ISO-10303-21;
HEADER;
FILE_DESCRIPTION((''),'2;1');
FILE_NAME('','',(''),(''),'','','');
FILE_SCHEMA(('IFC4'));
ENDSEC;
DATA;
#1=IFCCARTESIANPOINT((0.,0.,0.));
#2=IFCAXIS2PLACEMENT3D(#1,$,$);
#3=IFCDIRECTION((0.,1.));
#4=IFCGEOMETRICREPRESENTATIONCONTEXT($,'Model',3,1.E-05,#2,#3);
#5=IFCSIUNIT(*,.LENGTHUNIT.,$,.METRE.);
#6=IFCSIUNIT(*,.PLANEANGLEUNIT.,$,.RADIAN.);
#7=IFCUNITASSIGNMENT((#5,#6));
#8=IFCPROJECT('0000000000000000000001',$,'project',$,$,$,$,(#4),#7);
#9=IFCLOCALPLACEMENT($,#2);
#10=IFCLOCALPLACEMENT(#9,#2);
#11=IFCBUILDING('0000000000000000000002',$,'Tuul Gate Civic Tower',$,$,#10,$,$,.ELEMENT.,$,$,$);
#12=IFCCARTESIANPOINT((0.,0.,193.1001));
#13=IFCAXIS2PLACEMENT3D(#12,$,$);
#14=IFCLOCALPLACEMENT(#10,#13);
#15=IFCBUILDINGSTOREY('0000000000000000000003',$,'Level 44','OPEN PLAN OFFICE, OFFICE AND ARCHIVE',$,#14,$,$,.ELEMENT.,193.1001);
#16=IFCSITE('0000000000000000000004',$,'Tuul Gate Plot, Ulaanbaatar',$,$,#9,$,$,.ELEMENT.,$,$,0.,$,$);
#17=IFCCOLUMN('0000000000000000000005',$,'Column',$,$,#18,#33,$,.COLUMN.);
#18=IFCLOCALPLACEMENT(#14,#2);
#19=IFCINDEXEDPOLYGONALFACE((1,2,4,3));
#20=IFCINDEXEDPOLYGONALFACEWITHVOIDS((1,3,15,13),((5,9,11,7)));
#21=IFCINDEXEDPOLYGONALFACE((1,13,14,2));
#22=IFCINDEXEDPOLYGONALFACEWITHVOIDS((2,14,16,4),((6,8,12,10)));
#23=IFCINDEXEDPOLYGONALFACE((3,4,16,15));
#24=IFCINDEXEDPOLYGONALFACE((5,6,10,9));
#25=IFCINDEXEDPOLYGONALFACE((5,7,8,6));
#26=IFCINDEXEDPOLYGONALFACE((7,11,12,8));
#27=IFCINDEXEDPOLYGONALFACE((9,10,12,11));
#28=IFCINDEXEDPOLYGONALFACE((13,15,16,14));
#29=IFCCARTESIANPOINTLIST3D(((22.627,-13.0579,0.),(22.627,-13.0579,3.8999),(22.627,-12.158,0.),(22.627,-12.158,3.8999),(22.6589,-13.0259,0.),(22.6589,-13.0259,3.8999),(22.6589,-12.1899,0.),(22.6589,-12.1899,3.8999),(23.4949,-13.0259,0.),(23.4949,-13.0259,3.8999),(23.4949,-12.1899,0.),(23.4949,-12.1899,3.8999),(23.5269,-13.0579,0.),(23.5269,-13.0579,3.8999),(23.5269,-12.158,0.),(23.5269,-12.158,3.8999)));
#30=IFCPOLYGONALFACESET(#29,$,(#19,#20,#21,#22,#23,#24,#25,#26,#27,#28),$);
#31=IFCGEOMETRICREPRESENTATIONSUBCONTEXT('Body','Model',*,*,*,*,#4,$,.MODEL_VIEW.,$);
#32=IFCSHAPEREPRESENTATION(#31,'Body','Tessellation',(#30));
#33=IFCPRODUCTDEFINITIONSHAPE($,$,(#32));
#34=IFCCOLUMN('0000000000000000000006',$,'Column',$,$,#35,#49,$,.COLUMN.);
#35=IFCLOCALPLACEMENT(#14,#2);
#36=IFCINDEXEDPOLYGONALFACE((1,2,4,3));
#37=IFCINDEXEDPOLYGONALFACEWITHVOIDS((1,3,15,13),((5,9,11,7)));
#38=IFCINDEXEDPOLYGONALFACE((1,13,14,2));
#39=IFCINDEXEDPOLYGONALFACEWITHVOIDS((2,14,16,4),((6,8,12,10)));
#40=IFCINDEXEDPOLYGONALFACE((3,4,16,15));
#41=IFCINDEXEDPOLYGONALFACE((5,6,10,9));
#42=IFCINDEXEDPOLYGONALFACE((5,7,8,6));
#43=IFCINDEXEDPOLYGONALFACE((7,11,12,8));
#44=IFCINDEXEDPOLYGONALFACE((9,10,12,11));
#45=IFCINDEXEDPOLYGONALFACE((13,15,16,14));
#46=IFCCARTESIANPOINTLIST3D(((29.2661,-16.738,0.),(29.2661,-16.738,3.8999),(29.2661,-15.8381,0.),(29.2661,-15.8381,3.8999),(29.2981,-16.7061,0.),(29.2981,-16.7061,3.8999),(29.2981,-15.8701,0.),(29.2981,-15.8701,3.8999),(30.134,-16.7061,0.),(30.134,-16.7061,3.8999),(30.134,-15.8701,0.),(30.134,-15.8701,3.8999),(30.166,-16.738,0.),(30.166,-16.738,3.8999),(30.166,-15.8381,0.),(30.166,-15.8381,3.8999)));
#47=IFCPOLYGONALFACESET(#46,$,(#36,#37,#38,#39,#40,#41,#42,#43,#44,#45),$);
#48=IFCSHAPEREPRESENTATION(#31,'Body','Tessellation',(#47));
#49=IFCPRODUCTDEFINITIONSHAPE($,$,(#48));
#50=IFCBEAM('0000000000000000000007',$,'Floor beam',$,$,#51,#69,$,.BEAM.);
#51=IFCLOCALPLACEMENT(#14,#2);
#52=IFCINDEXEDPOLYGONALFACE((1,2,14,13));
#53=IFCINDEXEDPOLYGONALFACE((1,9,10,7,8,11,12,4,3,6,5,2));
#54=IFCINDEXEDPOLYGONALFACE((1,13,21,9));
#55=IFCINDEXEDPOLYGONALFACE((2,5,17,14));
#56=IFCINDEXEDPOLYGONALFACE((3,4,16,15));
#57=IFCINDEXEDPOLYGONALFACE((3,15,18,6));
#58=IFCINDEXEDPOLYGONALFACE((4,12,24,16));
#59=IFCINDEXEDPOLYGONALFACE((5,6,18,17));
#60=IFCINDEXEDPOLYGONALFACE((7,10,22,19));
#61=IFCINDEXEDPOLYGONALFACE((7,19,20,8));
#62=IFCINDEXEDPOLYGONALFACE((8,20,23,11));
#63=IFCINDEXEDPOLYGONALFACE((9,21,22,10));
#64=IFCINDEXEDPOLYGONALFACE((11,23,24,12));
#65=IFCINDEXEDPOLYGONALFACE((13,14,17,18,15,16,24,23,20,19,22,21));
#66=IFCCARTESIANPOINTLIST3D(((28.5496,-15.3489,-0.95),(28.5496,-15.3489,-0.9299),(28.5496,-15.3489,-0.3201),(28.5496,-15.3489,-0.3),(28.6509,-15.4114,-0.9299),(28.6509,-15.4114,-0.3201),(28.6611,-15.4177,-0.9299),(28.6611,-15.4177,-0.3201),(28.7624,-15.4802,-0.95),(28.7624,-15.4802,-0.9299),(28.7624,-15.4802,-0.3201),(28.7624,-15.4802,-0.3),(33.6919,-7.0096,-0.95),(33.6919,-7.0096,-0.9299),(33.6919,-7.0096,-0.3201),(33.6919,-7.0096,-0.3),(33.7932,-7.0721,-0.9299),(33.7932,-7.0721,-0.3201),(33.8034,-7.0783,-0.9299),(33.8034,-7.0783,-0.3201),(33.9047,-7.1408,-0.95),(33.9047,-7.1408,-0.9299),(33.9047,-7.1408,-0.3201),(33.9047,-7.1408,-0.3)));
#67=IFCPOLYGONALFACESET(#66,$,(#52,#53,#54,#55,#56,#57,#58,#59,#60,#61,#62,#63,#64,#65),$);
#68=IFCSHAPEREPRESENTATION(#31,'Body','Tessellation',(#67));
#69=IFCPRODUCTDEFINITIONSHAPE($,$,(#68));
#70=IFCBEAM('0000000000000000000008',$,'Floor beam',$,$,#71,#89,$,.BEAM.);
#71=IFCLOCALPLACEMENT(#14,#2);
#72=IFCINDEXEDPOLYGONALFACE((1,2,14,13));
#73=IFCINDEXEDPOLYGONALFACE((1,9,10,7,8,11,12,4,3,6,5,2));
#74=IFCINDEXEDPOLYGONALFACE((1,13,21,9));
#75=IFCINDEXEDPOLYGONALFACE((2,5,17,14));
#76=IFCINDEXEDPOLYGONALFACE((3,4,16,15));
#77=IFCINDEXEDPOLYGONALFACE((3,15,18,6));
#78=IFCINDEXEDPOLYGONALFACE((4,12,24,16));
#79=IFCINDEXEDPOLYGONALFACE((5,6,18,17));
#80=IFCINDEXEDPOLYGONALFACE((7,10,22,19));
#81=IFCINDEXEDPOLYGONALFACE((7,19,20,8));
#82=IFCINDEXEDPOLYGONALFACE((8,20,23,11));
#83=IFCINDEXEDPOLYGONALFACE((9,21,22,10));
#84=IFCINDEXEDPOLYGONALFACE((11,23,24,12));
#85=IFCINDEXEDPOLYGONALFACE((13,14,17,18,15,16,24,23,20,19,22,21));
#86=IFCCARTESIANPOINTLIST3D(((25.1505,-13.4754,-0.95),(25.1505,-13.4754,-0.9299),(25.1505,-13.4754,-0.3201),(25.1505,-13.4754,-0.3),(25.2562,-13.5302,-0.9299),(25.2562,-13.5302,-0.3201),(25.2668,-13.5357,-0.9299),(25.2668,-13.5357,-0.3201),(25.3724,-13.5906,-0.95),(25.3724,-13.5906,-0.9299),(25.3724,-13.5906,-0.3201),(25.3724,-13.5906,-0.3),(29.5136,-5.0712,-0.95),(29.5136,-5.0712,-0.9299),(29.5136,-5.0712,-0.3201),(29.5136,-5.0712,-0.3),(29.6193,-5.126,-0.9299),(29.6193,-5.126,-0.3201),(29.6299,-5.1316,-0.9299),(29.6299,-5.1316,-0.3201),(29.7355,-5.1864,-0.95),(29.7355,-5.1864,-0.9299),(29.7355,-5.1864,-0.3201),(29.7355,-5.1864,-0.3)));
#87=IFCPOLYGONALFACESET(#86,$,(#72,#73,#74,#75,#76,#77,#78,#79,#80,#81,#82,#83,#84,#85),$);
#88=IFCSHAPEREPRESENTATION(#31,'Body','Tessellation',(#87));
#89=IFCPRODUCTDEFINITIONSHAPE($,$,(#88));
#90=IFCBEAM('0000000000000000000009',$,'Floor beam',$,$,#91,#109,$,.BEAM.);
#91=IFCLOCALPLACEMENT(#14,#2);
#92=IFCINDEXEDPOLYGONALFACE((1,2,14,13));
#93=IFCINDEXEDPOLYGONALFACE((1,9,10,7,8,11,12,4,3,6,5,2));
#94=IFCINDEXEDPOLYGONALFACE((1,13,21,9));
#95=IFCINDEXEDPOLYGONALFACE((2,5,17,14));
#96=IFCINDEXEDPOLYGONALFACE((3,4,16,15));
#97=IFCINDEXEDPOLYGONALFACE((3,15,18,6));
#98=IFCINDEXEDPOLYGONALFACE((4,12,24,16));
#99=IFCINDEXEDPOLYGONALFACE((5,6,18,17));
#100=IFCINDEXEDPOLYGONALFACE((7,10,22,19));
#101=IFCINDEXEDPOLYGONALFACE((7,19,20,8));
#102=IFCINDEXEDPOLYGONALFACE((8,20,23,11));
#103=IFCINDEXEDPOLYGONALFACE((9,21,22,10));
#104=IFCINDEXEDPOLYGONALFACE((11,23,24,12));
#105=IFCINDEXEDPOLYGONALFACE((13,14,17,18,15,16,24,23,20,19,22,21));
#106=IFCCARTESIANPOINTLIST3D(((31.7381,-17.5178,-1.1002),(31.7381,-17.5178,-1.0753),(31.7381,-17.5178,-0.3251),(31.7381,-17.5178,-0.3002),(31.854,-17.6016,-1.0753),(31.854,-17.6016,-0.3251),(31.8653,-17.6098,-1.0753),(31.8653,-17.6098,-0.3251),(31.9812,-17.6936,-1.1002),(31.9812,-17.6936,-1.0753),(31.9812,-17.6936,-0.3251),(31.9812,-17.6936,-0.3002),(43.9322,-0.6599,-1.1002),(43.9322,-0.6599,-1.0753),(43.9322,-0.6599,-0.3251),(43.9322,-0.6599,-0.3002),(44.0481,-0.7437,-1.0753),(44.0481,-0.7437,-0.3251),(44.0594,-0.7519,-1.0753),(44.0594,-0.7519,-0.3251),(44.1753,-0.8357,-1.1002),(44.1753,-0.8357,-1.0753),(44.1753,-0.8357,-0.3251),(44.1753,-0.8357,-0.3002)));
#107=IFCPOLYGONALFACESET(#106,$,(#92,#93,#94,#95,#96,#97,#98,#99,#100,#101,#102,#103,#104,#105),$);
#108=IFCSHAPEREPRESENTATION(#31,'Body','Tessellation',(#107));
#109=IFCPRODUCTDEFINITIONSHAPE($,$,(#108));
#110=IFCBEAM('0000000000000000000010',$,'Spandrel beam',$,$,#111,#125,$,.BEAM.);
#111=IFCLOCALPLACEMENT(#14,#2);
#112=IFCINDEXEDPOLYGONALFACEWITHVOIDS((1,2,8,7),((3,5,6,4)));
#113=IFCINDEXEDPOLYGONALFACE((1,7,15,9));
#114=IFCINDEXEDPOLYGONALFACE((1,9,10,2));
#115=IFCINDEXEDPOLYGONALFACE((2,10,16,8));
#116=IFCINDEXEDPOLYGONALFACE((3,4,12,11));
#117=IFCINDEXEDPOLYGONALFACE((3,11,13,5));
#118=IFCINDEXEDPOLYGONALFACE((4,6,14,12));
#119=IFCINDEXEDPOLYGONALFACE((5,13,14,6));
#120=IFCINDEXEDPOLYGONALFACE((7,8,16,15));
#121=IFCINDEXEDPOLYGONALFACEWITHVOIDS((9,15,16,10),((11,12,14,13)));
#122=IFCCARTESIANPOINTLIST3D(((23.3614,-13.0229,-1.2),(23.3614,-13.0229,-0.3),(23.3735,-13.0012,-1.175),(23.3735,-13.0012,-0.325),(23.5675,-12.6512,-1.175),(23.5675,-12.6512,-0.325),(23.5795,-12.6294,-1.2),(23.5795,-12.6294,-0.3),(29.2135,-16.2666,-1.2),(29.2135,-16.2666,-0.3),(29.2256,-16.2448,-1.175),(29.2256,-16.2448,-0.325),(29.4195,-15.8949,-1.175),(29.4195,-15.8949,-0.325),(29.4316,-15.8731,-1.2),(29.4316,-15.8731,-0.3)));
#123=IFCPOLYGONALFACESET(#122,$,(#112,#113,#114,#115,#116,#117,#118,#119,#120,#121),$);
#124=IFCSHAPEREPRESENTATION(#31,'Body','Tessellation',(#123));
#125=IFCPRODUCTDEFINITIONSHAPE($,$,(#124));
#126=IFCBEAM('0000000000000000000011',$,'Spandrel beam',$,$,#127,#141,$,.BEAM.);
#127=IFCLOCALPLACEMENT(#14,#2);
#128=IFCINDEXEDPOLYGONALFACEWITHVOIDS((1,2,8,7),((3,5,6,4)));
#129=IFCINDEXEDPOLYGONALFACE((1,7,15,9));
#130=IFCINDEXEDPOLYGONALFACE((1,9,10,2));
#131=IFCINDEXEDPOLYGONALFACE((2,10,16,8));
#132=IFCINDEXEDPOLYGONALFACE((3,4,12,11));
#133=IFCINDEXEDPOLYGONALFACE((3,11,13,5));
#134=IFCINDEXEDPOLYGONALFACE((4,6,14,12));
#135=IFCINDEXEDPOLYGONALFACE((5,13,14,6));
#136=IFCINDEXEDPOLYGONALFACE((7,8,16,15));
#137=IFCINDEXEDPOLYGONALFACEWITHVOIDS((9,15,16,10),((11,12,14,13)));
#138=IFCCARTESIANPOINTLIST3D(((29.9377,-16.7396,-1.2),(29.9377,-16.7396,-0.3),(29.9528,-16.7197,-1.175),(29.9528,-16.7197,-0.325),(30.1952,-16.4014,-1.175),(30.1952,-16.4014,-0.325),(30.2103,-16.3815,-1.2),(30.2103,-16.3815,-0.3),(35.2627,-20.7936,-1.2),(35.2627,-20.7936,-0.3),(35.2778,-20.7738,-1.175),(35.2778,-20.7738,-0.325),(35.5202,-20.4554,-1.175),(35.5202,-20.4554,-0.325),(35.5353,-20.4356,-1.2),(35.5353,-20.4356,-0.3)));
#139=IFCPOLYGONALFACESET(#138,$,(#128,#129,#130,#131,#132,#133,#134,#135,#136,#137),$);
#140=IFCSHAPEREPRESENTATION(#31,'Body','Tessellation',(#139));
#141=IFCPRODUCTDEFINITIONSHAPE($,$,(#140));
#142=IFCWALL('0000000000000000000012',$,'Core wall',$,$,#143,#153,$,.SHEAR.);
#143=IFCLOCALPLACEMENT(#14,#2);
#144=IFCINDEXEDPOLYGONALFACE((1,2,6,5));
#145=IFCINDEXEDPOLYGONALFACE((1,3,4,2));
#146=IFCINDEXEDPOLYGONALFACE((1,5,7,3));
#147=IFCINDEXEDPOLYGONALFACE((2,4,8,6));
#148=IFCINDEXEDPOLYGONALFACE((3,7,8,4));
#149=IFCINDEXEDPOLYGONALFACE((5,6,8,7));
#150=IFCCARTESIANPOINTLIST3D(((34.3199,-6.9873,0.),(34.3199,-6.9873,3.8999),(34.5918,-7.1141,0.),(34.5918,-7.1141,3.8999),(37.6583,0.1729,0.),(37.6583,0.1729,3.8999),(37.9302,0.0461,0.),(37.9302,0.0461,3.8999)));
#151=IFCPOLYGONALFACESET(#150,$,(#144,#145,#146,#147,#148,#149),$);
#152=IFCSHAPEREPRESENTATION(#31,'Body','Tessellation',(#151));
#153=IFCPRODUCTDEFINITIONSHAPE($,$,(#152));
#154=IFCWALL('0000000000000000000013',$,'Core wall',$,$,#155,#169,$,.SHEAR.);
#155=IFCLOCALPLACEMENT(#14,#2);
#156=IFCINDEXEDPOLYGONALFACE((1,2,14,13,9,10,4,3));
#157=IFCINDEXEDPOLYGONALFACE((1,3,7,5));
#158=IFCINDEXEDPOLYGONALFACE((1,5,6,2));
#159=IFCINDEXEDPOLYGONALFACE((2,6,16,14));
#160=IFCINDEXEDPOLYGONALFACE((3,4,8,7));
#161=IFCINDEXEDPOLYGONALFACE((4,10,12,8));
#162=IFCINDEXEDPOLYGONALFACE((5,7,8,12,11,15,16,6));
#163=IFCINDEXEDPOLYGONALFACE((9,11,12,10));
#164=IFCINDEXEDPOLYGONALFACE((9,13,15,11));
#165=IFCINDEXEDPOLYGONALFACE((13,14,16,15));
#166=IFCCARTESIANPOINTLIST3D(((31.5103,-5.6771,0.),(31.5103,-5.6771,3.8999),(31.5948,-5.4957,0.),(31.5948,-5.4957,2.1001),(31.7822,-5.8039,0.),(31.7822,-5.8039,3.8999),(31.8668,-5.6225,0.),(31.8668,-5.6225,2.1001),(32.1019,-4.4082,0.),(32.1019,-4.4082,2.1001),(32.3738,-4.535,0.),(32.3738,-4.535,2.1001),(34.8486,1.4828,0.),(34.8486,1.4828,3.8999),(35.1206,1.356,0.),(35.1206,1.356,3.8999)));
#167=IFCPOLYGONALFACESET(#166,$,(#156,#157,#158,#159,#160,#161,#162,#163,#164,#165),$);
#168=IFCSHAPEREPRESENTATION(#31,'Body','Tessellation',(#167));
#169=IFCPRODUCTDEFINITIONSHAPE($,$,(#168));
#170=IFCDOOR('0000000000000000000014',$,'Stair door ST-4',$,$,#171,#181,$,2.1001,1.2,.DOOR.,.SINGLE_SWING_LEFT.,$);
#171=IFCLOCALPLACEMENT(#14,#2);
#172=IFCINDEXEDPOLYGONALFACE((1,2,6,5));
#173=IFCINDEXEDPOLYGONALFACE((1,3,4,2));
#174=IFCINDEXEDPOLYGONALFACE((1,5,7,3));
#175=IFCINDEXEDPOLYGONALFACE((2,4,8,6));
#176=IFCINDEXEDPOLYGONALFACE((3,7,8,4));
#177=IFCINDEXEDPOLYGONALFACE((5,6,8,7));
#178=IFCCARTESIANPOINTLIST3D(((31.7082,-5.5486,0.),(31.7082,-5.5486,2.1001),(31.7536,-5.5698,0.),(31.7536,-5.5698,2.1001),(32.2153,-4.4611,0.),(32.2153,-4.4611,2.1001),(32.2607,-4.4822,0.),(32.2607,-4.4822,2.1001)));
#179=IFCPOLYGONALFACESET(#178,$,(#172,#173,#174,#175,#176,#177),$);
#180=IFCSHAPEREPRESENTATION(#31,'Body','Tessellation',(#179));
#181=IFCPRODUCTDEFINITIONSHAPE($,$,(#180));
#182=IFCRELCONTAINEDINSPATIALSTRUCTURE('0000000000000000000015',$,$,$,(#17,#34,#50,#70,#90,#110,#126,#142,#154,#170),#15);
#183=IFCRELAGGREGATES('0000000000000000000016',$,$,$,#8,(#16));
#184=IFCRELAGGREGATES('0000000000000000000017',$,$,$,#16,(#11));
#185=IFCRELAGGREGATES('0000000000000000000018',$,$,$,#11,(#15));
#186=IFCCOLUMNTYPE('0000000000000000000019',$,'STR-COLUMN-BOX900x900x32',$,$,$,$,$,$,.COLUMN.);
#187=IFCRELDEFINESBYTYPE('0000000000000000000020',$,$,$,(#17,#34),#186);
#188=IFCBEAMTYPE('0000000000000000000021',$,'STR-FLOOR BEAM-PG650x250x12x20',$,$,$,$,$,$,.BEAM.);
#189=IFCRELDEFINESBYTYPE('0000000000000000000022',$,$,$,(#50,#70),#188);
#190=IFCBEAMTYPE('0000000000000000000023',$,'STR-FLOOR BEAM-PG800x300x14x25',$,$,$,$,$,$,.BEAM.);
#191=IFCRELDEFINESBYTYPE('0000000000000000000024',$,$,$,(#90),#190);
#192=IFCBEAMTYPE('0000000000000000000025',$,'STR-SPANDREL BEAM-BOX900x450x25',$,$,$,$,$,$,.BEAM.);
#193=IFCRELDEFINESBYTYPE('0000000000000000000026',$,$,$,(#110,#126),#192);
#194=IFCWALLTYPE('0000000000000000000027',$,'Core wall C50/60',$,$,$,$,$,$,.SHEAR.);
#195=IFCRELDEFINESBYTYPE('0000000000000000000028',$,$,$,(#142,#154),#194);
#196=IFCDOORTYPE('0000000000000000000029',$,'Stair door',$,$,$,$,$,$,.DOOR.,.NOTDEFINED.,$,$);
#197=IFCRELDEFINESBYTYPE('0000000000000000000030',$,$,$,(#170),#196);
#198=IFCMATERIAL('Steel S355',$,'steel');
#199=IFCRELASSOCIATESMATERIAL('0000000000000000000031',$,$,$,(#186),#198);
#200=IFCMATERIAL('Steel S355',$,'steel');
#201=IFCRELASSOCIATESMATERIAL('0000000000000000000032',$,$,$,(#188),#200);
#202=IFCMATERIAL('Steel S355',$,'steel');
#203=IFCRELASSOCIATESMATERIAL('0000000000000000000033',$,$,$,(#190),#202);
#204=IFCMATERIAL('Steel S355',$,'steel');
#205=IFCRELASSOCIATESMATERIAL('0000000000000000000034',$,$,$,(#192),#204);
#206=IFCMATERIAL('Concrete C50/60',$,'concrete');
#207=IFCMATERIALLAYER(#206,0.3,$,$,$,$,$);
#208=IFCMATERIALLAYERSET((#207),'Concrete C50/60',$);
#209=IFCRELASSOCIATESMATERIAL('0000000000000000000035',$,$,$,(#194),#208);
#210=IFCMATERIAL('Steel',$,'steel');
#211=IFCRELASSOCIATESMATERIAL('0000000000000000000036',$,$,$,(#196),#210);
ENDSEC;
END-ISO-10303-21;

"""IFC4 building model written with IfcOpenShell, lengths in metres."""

from ifc_helpers import new_model, si_unit, direction, frame, frame_2d, origin, origin_2d, place, context, subcontext, project, spatial, rectangle, hollow_rectangle, i_section, extrude, material, layer, layer_set, material_profile, profile_set, type_object, element, fill, save


model = new_model("IFC4")

# Units and contexts
model_context = context("Model", 3, precision=1e-05, world=origin(), true_north=direction((0.0, 1.0)))
body_context = subcontext(model_context, "Body", "Model", "MODEL_VIEW")
ifc_project = project(units=[si_unit("LENGTHUNIT", "METRE"), si_unit("PLANEANGLEUNIT", "RADIAN")], contexts=[model_context])

# Site, building, storey
site_placement = place(None, origin())
site = spatial("IfcSite", under=ifc_project, at=site_placement, Name="Tuul Gate Plot, Ulaanbaatar", CompositionType="ELEMENT", RefElevation=0.0)
building_placement = place(site_placement, origin())
building = spatial("IfcBuilding", under=site, at=building_placement, Name="Tuul Gate Civic Tower", CompositionType="ELEMENT")
storey_placement = place(building_placement, frame((0.0, 0.0, 193.1001)))
storey = spatial("IfcBuildingStorey", under=building, at=storey_placement, Name="Level 44", Description="OPEN PLAN OFFICE, OFFICE AND ARCHIVE", CompositionType="ELEMENT", Elevation=193.1001)

# Columns
ifc_material_1 = material(Name="Steel S355", Category="steel")
ifc_material_profile_1 = material_profile(ifc_material_1, hollow_rectangle(XDim=0.8999, YDim=0.8999, WallThickness=0.032, at=origin_2d()), Name="BOX900x900x32")
ifc_profile_set_1 = profile_set([ifc_material_profile_1], Name="Steel S355")
column_type = type_object("IfcColumnType", Name="STR-COLUMN-BOX900x900x32", PredefinedType="COLUMN", material=ifc_profile_set_1)
for number, where, z_axis, x_axis, name in (
    (1, (23.0769, -12.6079, 0.0), (0.0, 0.0, 1.0), (1.0, 0.0, 0.0), "Column"),
    (2, (29.7161, -16.2881, 0.0), (0.0, 0.0, 1.0), (1.0, 0.0, 0.0), "Column"),
):
    element("IfcColumn", number, at=place(storey_placement, frame(where, z_axis=z_axis, x_axis=x_axis)), inside=storey, type_object=column_type, Name=name, PredefinedType="COLUMN", context=body_context, shape_type="SweptSolid", body=[
        extrude(hollow_rectangle(XDim=0.8999, YDim=0.8999, WallThickness=0.032, at=origin_2d()), origin(), (0.0, 0.0, 1.0), 3.8999),
    ])

# Beams
ifc_material_2 = material(Name="Steel S355", Category="steel")
ifc_material_profile_2 = material_profile(ifc_material_2, i_section(OverallWidth=0.25, OverallDepth=0.6499, WebThickness=0.012, FlangeThickness=0.02, at=origin_2d()), Name="PG650x250x12x20")
ifc_profile_set_2 = profile_set([ifc_material_profile_2], Name="Steel S355")
beam_type_1 = type_object("IfcBeamType", Name="STR-FLOOR BEAM-PG650x250x12x20", PredefinedType="BEAM", material=ifc_profile_set_2)
beam_1_placement = place(storey_placement, frame((28.656, -15.4146, -0.625), z_axis=(0.524869, 0.851183, 0.0), x_axis=(-0.851183, 0.524869, 0.0)))
element("IfcBeam", 3, at=beam_1_placement, inside=storey, type_object=beam_type_1, Name="Floor beam", PredefinedType="BEAM", context=body_context, shape_type="SweptSolid", body=[
    extrude(i_section(OverallWidth=0.25, OverallDepth=0.6499, WebThickness=0.012, FlangeThickness=0.02, at=origin_2d()), origin(), (0.0, 0.0, 1.0), 9.7974),
])
beam_2_placement = place(storey_placement, frame((25.2615, -13.533, -0.625), z_axis=(0.460765, 0.887522, 0.0), x_axis=(-0.887522, 0.460765, 0.0)))
element("IfcBeam", 4, at=beam_2_placement, inside=storey, type_object=beam_type_1, Name="Floor beam", PredefinedType="BEAM", context=body_context, shape_type="SweptSolid", body=[
    extrude(i_section(OverallWidth=0.25, OverallDepth=0.6499, WebThickness=0.012, FlangeThickness=0.02, at=origin_2d()), origin(), (0.0, 0.0, 1.0), 9.4692),
])
ifc_material_3 = material(Name="Steel S355", Category="steel")
ifc_material_profile_3 = material_profile(ifc_material_3, i_section(OverallWidth=0.3, OverallDepth=0.8, WebThickness=0.0139, FlangeThickness=0.0249, at=origin_2d()), Name="PG800x300x14x25")
ifc_profile_set_3 = profile_set([ifc_material_profile_3], Name="Steel S355")
beam_type_2 = type_object("IfcBeamType", Name="STR-FLOOR BEAM-PG800x300x14x25", PredefinedType="BEAM", material=ifc_profile_set_3)
beam_3_placement = place(storey_placement, frame((31.8596, -17.6057, -0.7002), z_axis=(0.586088, 0.810247, 0.0), x_axis=(-0.810247, 0.586088, 0.0)))
element("IfcBeam", 5, at=beam_3_placement, inside=storey, type_object=beam_type_2, Name="Floor beam", PredefinedType="BEAM", context=body_context, shape_type="SweptSolid", body=[
    extrude(i_section(OverallWidth=0.3, OverallDepth=0.8, WebThickness=0.0139, FlangeThickness=0.0249, at=origin_2d()), origin(), (0.0, 0.0, 1.0), 20.8059),
])
ifc_material_4 = material(Name="Steel S355", Category="steel")
ifc_material_profile_4 = material_profile(ifc_material_4, hollow_rectangle(XDim=0.45, YDim=0.8999, WallThickness=0.0249, at=origin_2d()), Name="BOX900x450x25")
ifc_profile_set_4 = profile_set([ifc_material_profile_4], Name="Steel S355")
beam_type_3 = type_object("IfcBeamType", Name="STR-SPANDREL BEAM-BOX900x450x25", PredefinedType="BEAM", material=ifc_profile_set_4)
beam_4_placement = place(storey_placement, frame((23.4705, -12.8262, -0.75), z_axis=(0.874632, -0.484788, 0.0), x_axis=(0.484788, 0.874632, 0.0)))
element("IfcBeam", 6, at=beam_4_placement, inside=storey, type_object=beam_type_3, Name="Spandrel beam", PredefinedType="BEAM", context=body_context, shape_type="SweptSolid", body=[
    extrude(hollow_rectangle(XDim=0.45, YDim=0.8999, WallThickness=0.0249, at=origin_2d()), origin(), (0.0, 0.0, 1.0), 6.6909),
])
beam_5_placement = place(storey_placement, frame((30.074, -16.5605, -0.75), z_axis=(0.795659, -0.605745, 0.0), x_axis=(0.605745, 0.795659, 0.0)))
element("IfcBeam", 7, at=beam_5_placement, inside=storey, type_object=beam_type_3, Name="Spandrel beam", PredefinedType="BEAM", context=body_context, shape_type="SweptSolid", body=[
    extrude(hollow_rectangle(XDim=0.45, YDim=0.8999, WallThickness=0.0249, at=origin_2d()), origin(), (0.0, 0.0, 1.0), 6.6926),
])

# Wall
ifc_material_5 = material(Name="Concrete C50/60", Category="concrete")
ifc_layer_1 = layer(ifc_material_5, 0.3)
ifc_layer_set_1 = layer_set([ifc_layer_1], Name="Concrete C50/60")
wall_type_1 = type_object("IfcWallType", Name="Core wall C50/60", PredefinedType="SHEAR", material=ifc_layer_set_1)
wall_1_placement = place(storey_placement, frame((34.4558, -7.0508, 0.0), z_axis=(0.0, 0.0, 1.0), x_axis=(0.422571, 0.90633, 0.0)))
element("IfcWall", 8, at=wall_1_placement, inside=storey, type_object=wall_type_1, Name="Core wall", PredefinedType="SHEAR", context=body_context, shape_type="SweptSolid", body=[
    extrude(rectangle(XDim=7.9001, YDim=0.3, at=frame_2d((3.9502, 0.0))), origin(), (0.0, 0.0, 1.0), 3.8999),
])

# Wall, opening, door
wall_2_placement = place(storey_placement, frame((31.6462, -5.7405, 0.0), z_axis=(0.0, 0.0, 1.0), x_axis=(0.422583, 0.906324, 0.0)))
wall_2 = element("IfcWall", 9, at=wall_2_placement, inside=storey, type_object=wall_type_1, Name="Core wall", PredefinedType="SHEAR", context=body_context, shape_type="SweptSolid", body=[
    extrude(rectangle(XDim=7.8999, YDim=0.3, at=frame_2d((3.95, 0.0))), origin(), (0.0, 0.0, 1.0), 3.8999),
])
opening_1_placement = place(wall_2_placement, frame((0.2, 0.0, 0.0)))
opening_1 = element("IfcOpeningElement", 10, at=opening_1_placement, cuts=wall_2, PredefinedType="OPENING", context=body_context, shape_type="SweptSolid", body=[
    extrude(rectangle(XDim=1.2, YDim=2.1001, at=frame_2d((0.6001, 1.05))), frame((0.0, 0.1602, 0.0), z_axis=(0.0, -1.0, 0.0), x_axis=(1.0, 0.0, 0.0)), (0.0, 0.0, 1.0), 0.3201),
])
ifc_material_6 = material(Name="Steel", Category="steel")
door_type_1 = type_object("IfcDoorType", Name="Stair door", OperationType="NOTDEFINED", PredefinedType="DOOR", material=ifc_material_6)
door_1_placement = place(opening_1_placement, origin())
door_1 = element("IfcDoor", 11, at=door_1_placement, inside=storey, type_object=door_type_1, Name="Stair door ST-4", OperationType="SINGLE_SWING_LEFT", OverallHeight=2.1001, OverallWidth=1.2, PredefinedType="DOOR", context=body_context, shape_type="SweptSolid", body=[
    extrude(rectangle(XDim=1.2, YDim=2.1001, at=frame_2d((0.6001, 1.05))), frame((0.0, 0.0249, 0.0), z_axis=(0.0, -1.0, 0.0), x_axis=(1.0, 0.0, 0.0)), (0.0, 0.0, 1.0), 0.05),
])
fill(opening_1, door_1)

save(model, "model.ifc")
